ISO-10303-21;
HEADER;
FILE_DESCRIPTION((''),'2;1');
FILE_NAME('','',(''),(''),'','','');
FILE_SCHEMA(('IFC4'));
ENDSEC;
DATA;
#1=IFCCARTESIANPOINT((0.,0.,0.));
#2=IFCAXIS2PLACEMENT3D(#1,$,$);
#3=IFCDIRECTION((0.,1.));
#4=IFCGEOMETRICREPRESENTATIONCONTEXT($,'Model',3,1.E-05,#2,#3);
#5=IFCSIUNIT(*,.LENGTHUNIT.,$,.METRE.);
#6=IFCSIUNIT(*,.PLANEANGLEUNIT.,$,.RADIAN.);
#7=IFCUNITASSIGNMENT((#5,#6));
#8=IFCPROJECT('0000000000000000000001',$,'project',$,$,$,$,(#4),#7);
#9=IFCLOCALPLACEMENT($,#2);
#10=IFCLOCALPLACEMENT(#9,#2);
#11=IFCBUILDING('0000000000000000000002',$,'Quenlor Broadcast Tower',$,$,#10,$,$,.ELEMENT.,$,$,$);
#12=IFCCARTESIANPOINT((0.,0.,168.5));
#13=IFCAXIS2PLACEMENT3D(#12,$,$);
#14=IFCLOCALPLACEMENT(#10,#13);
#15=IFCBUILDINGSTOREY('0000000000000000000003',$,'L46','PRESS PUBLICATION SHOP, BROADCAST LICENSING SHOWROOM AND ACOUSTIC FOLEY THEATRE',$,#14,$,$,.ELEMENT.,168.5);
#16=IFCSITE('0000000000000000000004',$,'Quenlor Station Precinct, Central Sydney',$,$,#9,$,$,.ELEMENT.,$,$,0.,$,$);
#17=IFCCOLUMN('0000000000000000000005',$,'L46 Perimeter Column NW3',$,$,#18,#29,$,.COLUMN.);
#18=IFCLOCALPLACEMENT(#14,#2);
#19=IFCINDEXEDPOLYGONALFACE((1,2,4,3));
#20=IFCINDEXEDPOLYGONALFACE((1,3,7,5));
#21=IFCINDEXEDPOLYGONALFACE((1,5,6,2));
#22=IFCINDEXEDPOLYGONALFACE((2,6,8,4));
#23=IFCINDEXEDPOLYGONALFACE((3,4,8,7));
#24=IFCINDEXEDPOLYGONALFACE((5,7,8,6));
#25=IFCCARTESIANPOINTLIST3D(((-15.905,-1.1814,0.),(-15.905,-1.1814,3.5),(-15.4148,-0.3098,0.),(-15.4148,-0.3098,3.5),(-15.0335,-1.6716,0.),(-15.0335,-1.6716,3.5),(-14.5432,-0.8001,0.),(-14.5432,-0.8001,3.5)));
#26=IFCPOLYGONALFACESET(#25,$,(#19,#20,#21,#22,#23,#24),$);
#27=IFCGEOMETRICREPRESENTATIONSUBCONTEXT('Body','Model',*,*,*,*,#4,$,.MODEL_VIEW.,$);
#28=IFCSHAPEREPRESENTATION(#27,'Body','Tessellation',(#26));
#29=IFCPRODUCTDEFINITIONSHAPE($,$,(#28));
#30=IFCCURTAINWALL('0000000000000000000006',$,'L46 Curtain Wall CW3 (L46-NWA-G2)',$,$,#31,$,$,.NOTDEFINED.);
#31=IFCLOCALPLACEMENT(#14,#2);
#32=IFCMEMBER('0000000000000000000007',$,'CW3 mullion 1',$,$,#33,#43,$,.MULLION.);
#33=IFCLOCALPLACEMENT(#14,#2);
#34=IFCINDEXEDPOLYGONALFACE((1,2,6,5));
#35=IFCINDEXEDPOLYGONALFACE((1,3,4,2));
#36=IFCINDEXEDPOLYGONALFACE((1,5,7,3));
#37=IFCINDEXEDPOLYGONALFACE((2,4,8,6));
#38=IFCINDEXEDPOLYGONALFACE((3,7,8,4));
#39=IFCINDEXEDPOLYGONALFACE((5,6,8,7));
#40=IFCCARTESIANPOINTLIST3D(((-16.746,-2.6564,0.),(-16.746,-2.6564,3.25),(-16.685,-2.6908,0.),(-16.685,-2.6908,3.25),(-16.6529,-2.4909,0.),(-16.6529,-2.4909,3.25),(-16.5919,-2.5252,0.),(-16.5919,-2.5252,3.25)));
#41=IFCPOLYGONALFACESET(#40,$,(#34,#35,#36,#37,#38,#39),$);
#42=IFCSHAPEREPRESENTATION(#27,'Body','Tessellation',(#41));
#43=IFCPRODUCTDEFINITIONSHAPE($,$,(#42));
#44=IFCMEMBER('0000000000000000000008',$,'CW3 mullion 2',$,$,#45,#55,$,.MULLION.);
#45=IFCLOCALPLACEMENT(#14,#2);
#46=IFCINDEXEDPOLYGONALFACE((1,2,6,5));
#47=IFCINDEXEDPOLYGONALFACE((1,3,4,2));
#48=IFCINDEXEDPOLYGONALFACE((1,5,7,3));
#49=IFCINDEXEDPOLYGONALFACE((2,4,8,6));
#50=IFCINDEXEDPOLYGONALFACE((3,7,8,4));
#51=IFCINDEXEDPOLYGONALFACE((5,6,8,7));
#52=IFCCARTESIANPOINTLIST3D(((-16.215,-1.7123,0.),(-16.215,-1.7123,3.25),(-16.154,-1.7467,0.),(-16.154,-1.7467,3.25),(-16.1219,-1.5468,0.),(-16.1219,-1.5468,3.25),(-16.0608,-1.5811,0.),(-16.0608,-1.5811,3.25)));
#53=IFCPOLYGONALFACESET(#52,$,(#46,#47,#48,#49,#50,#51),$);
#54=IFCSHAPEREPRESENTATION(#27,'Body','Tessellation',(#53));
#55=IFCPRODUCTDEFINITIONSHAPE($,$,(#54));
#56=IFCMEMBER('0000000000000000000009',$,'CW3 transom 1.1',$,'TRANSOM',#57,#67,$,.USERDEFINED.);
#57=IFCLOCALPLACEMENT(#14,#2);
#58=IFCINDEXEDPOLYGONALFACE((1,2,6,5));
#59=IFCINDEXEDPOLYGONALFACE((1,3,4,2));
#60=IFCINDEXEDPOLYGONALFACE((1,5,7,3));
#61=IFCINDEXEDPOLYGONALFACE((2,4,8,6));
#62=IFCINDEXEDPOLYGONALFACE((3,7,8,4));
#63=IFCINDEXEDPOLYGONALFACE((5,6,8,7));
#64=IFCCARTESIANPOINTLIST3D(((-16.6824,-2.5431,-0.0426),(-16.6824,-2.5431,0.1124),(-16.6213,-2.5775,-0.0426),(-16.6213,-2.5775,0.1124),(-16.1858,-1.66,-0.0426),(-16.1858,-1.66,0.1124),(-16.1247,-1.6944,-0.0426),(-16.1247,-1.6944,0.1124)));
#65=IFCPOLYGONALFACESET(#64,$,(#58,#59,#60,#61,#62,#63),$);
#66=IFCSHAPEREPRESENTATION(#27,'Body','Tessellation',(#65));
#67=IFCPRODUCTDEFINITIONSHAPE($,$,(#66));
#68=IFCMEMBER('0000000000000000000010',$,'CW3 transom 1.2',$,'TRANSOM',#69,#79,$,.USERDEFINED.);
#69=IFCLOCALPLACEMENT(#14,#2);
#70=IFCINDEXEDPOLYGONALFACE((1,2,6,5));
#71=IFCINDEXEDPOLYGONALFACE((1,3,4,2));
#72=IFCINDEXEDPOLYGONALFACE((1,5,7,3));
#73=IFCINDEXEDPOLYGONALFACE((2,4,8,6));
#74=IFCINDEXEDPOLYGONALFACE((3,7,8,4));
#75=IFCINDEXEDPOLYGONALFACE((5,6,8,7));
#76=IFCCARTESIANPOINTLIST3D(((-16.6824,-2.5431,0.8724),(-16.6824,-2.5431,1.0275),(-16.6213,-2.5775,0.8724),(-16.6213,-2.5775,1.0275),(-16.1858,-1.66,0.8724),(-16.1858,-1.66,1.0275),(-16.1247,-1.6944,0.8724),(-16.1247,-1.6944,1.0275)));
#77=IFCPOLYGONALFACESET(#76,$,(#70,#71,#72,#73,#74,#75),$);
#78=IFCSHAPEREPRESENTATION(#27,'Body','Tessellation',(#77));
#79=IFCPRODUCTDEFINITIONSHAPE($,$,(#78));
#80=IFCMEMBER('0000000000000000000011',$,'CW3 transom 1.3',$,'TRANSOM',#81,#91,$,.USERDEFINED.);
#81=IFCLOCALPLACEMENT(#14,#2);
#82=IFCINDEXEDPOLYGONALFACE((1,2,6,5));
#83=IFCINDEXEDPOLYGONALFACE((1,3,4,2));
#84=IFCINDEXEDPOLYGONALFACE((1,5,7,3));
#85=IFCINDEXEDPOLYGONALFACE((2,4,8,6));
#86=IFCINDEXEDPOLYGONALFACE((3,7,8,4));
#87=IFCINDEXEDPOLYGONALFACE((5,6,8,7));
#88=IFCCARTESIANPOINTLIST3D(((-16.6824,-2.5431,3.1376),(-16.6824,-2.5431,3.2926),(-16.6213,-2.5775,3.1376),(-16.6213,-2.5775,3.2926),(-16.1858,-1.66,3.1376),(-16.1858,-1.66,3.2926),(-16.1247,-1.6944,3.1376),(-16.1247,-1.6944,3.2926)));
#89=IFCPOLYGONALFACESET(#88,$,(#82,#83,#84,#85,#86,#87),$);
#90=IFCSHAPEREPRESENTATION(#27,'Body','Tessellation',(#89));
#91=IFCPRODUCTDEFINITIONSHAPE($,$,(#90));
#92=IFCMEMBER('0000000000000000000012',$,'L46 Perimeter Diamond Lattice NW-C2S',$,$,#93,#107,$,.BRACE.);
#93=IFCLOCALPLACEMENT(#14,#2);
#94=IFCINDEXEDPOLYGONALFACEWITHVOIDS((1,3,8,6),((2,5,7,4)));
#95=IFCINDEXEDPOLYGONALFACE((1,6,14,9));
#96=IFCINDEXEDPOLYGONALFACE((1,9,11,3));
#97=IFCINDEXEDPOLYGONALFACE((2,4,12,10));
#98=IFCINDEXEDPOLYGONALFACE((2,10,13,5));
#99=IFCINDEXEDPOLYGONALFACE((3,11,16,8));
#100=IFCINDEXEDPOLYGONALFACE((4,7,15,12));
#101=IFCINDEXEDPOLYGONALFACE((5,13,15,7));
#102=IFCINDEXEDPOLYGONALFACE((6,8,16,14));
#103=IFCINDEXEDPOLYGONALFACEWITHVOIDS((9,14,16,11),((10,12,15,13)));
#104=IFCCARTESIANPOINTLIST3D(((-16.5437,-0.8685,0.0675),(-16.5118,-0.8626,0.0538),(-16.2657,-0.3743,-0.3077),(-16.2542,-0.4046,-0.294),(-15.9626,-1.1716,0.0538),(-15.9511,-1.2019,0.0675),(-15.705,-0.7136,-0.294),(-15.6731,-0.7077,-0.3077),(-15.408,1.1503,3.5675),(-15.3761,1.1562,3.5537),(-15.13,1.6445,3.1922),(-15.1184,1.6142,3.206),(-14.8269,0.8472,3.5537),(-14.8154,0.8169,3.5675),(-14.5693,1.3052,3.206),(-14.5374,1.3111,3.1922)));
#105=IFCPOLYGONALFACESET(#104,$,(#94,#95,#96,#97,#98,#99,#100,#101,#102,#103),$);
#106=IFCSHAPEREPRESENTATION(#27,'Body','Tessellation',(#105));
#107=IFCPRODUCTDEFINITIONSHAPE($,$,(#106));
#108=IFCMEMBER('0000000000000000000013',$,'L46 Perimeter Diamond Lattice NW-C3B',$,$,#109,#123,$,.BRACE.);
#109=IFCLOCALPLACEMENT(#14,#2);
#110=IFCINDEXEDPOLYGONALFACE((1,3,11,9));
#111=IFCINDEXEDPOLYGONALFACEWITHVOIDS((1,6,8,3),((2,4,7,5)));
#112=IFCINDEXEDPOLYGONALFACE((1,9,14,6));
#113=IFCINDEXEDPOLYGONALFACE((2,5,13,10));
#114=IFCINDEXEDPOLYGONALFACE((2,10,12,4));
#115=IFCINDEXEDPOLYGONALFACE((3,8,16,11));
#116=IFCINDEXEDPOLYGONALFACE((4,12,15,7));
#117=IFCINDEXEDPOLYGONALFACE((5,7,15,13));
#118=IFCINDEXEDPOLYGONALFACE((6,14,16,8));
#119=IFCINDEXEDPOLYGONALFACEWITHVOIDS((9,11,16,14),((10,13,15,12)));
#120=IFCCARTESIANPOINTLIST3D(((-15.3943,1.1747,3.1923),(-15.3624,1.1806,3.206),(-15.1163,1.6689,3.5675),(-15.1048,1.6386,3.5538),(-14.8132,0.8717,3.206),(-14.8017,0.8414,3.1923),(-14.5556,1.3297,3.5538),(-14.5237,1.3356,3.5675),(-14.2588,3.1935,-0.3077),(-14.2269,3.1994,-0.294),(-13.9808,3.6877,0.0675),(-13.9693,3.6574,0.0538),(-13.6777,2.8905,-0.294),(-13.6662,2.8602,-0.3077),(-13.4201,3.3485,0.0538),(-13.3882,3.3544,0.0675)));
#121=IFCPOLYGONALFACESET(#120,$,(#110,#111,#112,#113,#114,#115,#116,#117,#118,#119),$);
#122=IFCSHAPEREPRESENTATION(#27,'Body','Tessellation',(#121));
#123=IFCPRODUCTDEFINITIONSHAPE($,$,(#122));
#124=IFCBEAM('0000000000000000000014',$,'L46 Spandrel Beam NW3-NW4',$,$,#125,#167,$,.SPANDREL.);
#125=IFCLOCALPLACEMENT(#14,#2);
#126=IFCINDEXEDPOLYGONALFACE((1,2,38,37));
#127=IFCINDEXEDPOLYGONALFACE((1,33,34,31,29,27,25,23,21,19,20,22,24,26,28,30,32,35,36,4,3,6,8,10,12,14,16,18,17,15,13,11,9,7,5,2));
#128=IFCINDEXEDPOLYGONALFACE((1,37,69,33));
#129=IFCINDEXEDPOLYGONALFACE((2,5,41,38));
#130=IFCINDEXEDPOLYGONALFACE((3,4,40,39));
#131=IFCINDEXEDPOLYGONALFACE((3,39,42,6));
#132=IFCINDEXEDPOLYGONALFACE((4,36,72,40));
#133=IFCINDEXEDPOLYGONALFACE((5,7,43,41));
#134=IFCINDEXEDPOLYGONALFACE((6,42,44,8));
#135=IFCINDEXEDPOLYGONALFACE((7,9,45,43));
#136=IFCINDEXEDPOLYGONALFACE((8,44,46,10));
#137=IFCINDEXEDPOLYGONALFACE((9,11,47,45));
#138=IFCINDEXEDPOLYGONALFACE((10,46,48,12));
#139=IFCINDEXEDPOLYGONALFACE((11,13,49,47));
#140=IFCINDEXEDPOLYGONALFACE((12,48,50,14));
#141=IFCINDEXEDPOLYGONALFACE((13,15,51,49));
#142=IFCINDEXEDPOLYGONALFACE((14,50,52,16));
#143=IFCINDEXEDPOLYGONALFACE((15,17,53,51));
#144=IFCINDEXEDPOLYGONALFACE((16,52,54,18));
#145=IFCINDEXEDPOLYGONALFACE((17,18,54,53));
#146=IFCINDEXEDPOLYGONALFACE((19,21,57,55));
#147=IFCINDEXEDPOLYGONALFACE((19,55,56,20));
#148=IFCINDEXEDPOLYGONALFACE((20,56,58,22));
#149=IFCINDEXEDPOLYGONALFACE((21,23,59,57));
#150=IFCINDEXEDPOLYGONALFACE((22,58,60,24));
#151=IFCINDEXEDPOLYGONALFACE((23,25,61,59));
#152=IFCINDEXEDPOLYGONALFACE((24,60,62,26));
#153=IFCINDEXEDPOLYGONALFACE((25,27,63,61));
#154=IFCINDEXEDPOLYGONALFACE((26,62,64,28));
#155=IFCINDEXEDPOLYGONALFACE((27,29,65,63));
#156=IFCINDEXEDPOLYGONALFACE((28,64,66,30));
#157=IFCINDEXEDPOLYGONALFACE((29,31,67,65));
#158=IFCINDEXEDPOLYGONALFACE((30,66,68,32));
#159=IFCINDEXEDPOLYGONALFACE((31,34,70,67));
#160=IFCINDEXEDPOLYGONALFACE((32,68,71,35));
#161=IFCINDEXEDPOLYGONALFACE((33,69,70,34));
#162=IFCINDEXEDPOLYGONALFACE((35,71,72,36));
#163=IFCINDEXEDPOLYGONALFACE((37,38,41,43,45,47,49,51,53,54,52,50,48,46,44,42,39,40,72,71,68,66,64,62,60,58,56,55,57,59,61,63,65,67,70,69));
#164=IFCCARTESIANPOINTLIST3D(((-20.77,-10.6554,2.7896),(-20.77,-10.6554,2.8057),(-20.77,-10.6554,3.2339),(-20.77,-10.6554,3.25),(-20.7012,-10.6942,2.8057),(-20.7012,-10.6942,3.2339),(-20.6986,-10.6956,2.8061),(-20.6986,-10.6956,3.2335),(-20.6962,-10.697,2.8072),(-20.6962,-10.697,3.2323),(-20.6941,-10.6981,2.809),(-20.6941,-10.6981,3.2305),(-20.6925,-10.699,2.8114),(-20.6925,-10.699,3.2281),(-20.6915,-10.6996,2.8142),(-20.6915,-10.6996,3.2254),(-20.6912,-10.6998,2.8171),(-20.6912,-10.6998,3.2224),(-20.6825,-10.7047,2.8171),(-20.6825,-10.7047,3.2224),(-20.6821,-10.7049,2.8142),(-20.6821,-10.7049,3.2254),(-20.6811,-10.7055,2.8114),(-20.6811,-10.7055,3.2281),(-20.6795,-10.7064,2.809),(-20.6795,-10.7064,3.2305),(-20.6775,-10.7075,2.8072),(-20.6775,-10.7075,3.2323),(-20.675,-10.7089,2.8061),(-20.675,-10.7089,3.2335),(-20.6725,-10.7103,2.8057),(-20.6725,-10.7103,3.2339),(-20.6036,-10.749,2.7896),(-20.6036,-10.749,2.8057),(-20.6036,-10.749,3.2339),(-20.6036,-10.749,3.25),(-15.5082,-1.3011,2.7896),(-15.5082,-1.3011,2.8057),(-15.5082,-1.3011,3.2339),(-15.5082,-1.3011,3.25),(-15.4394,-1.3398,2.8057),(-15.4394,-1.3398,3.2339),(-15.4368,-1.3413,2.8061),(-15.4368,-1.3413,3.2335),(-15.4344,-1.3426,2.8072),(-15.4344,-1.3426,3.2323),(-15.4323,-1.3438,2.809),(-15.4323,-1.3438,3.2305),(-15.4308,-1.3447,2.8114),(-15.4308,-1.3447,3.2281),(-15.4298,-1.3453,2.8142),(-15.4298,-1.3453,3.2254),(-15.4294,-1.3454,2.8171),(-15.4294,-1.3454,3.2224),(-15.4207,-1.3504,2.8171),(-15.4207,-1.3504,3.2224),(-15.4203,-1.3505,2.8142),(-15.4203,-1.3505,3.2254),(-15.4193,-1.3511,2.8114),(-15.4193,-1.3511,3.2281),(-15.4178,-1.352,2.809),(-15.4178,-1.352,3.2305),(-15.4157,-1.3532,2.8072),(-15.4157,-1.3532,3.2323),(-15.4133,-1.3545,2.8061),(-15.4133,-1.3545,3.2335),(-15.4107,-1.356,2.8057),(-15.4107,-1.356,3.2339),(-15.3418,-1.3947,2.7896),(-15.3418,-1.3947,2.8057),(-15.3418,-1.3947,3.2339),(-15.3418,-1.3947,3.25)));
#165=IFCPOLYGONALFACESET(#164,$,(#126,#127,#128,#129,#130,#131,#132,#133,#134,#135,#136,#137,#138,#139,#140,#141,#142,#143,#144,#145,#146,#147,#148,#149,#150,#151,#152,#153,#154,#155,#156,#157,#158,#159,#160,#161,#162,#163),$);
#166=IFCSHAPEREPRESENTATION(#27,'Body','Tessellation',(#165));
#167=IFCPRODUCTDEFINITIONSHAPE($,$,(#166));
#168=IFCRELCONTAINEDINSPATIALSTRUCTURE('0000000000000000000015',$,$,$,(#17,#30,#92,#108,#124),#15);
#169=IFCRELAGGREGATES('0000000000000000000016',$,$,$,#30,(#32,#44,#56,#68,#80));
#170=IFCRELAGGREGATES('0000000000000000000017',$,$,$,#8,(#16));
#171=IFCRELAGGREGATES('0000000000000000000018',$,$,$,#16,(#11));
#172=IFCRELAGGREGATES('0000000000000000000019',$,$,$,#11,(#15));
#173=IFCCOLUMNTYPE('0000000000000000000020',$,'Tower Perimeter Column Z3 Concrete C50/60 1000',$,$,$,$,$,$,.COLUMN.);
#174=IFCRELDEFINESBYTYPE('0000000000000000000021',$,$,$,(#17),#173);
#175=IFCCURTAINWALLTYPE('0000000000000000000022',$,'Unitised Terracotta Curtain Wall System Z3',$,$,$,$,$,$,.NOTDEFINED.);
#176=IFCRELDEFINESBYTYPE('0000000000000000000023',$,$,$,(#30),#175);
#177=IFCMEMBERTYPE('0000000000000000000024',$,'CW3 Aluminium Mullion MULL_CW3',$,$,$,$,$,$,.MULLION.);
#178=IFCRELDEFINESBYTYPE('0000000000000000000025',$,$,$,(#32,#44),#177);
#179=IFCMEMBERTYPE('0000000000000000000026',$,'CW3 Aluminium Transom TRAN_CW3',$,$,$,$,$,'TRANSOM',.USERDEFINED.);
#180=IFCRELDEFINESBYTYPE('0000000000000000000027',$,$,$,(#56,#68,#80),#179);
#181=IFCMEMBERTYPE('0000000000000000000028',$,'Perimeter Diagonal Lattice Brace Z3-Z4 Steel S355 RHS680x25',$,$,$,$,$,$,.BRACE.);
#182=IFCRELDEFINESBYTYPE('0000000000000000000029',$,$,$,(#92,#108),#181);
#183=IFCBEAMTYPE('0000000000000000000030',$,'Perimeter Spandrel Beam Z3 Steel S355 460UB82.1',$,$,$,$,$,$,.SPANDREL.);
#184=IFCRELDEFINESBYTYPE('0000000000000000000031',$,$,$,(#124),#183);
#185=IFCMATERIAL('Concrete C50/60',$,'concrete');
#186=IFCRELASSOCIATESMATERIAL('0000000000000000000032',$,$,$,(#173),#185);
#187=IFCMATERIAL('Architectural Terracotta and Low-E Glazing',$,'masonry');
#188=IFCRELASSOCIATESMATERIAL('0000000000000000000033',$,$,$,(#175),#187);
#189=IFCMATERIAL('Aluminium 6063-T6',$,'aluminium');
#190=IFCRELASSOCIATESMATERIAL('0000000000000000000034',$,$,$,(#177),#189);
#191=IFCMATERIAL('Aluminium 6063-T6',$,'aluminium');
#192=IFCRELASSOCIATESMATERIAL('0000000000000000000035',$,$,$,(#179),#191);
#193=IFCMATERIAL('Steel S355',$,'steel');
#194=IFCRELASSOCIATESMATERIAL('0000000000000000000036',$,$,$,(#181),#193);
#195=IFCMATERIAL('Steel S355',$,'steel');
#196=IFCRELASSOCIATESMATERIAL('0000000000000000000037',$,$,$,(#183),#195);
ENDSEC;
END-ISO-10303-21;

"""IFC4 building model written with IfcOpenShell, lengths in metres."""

from ifc_helpers import new_model, si_unit, direction, frame, origin, origin_2d, place, context, subcontext, project, spatial, rectangle, hollow_rectangle, i_section, extrude, material, material_profile, profile_set, type_object, element, aggregate, save


model = new_model("IFC4")

# Units and contexts
model_context = context("Model", 3, precision=1e-05, world=origin(), true_north=direction((0.0, 1.0)))
body_context = subcontext(model_context, "Body", "Model", "MODEL_VIEW")
ifc_project = project(units=[si_unit("LENGTHUNIT", "METRE"), si_unit("PLANEANGLEUNIT", "RADIAN")], contexts=[model_context])

# Site, building, storey
site_placement = place(None, origin())
site = spatial("IfcSite", under=ifc_project, at=site_placement, Name="Quenlor Station Precinct, Central Sydney", CompositionType="ELEMENT", RefElevation=0.0)
building_placement = place(site_placement, origin())
building = spatial("IfcBuilding", under=site, at=building_placement, Name="Quenlor Broadcast Tower", CompositionType="ELEMENT")
storey_placement = place(building_placement, frame((0.0, 0.0, 168.5)))
storey = spatial("IfcBuildingStorey", under=building, at=storey_placement, Name="L46", Description="PRESS PUBLICATION SHOP, BROADCAST LICENSING SHOWROOM AND ACOUSTIC FOLEY THEATRE", CompositionType="ELEMENT", Elevation=168.5)

# Column
ifc_material_1 = material(Name="Concrete C50/60", Category="concrete")
ifc_material_profile_1 = material_profile(ifc_material_1, rectangle(XDim=1.0, YDim=1.0, at=origin_2d()))
ifc_profile_set_1 = profile_set([ifc_material_profile_1], Name="Concrete C50/60 RC1000x1000")
column_type = type_object("IfcColumnType", Name="Tower Perimeter Column Z3 Concrete C50/60 1000", PredefinedType="COLUMN", material=ifc_profile_set_1)
column_placement = place(storey_placement, frame((-15.2241, -0.9907, 0.0), z_axis=(0.0, 0.0, 1.0), x_axis=(-0.871575, 0.490262, 0.0)))
element("IfcColumn", 1, at=column_placement, inside=storey, type_object=column_type, Name="L46 Perimeter Column NW3", PredefinedType="COLUMN", context=body_context, shape_type="SweptSolid", body=[
    extrude(rectangle(XDim=1.0, YDim=1.0, at=origin_2d()), origin(), (0.0, 0.0, 1.0), 3.5),
])

# Curtain wall, members
ifc_material_2 = material(Name="Architectural Terracotta and Low-E Glazing", Category="masonry")
curtain_wall_type = type_object("IfcCurtainWallType", Name="Unitised Terracotta Curtain Wall System Z3", PredefinedType="NOTDEFINED", material=ifc_material_2)
curtain_wall_placement = place(storey_placement, origin())
curtain_wall = element("IfcCurtainWall", 2, at=curtain_wall_placement, inside=storey, type_object=curtain_wall_type, Name="L46 Curtain Wall CW3 (L46-NWA-G2)", PredefinedType="NOTDEFINED")
ifc_material_3 = material(Name="Aluminium 6063-T6", Category="aluminium")
ifc_material_profile_2 = material_profile(ifc_material_3, rectangle(XDim=0.0701, YDim=0.1899, at=origin_2d()))
ifc_profile_set_2 = profile_set([ifc_material_profile_2], Name="Aluminium 6063-T6 MULL70x190")
member_type_1 = type_object("IfcMemberType", Name="CW3 Aluminium Mullion MULL_CW3", PredefinedType="MULLION", material=ifc_profile_set_2)
member_1_placement = place(storey_placement, frame((-16.6689, -2.5908, 0.0), z_axis=(0.0, 0.0, 1.0), x_axis=(-0.87158, 0.490253, 0.0)))
member_1 = element("IfcMember", 3, at=member_1_placement, type_object=member_type_1, Name="CW3 mullion 1", PredefinedType="MULLION", context=body_context, shape_type="SweptSolid", body=[
    extrude(rectangle(XDim=0.0701, YDim=0.1899, at=origin_2d()), origin(), (0.0, 0.0, 1.0), 3.25),
])
member_2_placement = place(storey_placement, frame((-16.1379, -1.6467, 0.0), z_axis=(0.0, 0.0, 1.0), x_axis=(-0.87158, 0.490253, 0.0)))
member_2 = element("IfcMember", 4, at=member_2_placement, type_object=member_type_1, Name="CW3 mullion 2", PredefinedType="MULLION", context=body_context, shape_type="SweptSolid", body=[
    extrude(rectangle(XDim=0.0701, YDim=0.1899, at=origin_2d()), origin(), (0.0, 0.0, 1.0), 3.25),
])
ifc_material_4 = material(Name="Aluminium 6063-T6", Category="aluminium")
ifc_material_profile_3 = material_profile(ifc_material_4, rectangle(XDim=0.0701, YDim=0.155, at=origin_2d()))
ifc_profile_set_3 = profile_set([ifc_material_profile_3], Name="Aluminium 6063-T6 TRAN70x155")
member_type_2 = type_object("IfcMemberType", Name="CW3 Aluminium Transom TRAN_CW3", ElementType="TRANSOM", PredefinedType="USERDEFINED", material=ifc_profile_set_3)
member_3_placement = place(storey_placement, frame((-16.6519, -2.5603, 0.0349), z_axis=(0.490158, 0.871633, 0.0), x_axis=(-0.871633, 0.490158, 0.0)))
member_3 = element("IfcMember", 5, at=member_3_placement, type_object=member_type_2, Name="CW3 transom 1.1", ObjectType="TRANSOM", PredefinedType="USERDEFINED", context=body_context, shape_type="SweptSolid", body=[
    extrude(rectangle(XDim=0.0701, YDim=0.155, at=origin_2d()), origin(), (0.0, 0.0, 1.0), 1.0132),
])
member_4_placement = place(storey_placement, frame((-16.6519, -2.5603, 0.95), z_axis=(0.490158, 0.871633, 0.0), x_axis=(-0.871633, 0.490158, 0.0)))
member_4 = element("IfcMember", 6, at=member_4_placement, type_object=member_type_2, Name="CW3 transom 1.2", ObjectType="TRANSOM", PredefinedType="USERDEFINED", context=body_context, shape_type="SweptSolid", body=[
    extrude(rectangle(XDim=0.0701, YDim=0.155, at=origin_2d()), origin(), (0.0, 0.0, 1.0), 1.0132),
])
member_5_placement = place(storey_placement, frame((-16.6519, -2.5603, 3.2151), z_axis=(0.490158, 0.871633, 0.0), x_axis=(-0.871633, 0.490158, 0.0)))
member_5 = element("IfcMember", 7, at=member_5_placement, type_object=member_type_2, Name="CW3 transom 1.3", ObjectType="TRANSOM", PredefinedType="USERDEFINED", context=body_context, shape_type="SweptSolid", body=[
    extrude(rectangle(XDim=0.0701, YDim=0.155, at=origin_2d()), origin(), (0.0, 0.0, 1.0), 1.0132),
])

# Members
ifc_material_5 = material(Name="Steel S355", Category="steel")
ifc_material_profile_4 = material_profile(ifc_material_5, hollow_rectangle(XDim=0.6799, YDim=0.6799, WallThickness=0.0249, at=origin_2d()))
ifc_profile_set_4 = profile_set([ifc_material_profile_4], Name="Steel S355 RHS680x680x25")
member_type_3 = type_object("IfcMemberType", Name="Perimeter Diagonal Lattice Brace Z3-Z4 Steel S355 RHS680x25", PredefinedType="BRACE", material=ifc_profile_set_4)
for number, where, z_axis, x_axis, name in (
    (8, (-16.1084, -0.7881, -0.1201), (0.270603, 0.481001, 0.833914), (-0.871545, 0.490316, 0.0), "L46 Perimeter Diamond Lattice NW-C2S"),
    (9, (-13.8235, 3.2739, -0.1201), (-0.270549, -0.481009, 0.833927), (0.87159, -0.490236, 0.0), "L46 Perimeter Diamond Lattice NW-C3B"),
):
    element("IfcMember", number, at=place(storey_placement, frame(where, z_axis=z_axis, x_axis=x_axis)), inside=storey, type_object=member_type_3, Name=name, PredefinedType="BRACE", context=body_context, shape_type="SweptSolid", body=[
        extrude(hollow_rectangle(XDim=0.6799, YDim=0.6799, WallThickness=0.0249, at=origin_2d()), origin(), (0.0, 0.0, 1.0), 4.197),
    ])

# Beam
ifc_material_6 = material(Name="Steel S355", Category="steel")
ifc_material_profile_5 = material_profile(ifc_material_6, i_section(OverallWidth=0.1909, OverallDepth=0.4604, WebThickness=0.01, FlangeThickness=0.0161, FilletRadius=0.0115, at=origin_2d()))
ifc_profile_set_5 = profile_set([ifc_material_profile_5], Name="Steel S355 460UB82.1")
beam_type_1 = type_object("IfcBeamType", Name="Perimeter Spandrel Beam Z3 Steel S355 460UB82.1", PredefinedType="SPANDREL", material=ifc_profile_set_5)
beam_1_placement = place(storey_placement, frame((-15.425, -1.3479, 3.0198), z_axis=(-0.490258, -0.871577, 0.0), x_axis=(0.871577, -0.490258, 0.0)))
element("IfcBeam", 10, at=beam_1_placement, inside=storey, type_object=beam_type_1, Name="L46 Spandrel Beam NW3-NW4", PredefinedType="SPANDREL", context=body_context, shape_type="SweptSolid", body=[
    extrude(i_section(OverallWidth=0.1909, OverallDepth=0.4604, WebThickness=0.01, FlangeThickness=0.0161, FilletRadius=0.0115, at=origin_2d()), origin(), (0.0, 0.0, 1.0), 10.7327),
])

aggregate(curtain_wall, [member_1, member_2, member_3, member_4, member_5])

save(model, "model.ifc")
